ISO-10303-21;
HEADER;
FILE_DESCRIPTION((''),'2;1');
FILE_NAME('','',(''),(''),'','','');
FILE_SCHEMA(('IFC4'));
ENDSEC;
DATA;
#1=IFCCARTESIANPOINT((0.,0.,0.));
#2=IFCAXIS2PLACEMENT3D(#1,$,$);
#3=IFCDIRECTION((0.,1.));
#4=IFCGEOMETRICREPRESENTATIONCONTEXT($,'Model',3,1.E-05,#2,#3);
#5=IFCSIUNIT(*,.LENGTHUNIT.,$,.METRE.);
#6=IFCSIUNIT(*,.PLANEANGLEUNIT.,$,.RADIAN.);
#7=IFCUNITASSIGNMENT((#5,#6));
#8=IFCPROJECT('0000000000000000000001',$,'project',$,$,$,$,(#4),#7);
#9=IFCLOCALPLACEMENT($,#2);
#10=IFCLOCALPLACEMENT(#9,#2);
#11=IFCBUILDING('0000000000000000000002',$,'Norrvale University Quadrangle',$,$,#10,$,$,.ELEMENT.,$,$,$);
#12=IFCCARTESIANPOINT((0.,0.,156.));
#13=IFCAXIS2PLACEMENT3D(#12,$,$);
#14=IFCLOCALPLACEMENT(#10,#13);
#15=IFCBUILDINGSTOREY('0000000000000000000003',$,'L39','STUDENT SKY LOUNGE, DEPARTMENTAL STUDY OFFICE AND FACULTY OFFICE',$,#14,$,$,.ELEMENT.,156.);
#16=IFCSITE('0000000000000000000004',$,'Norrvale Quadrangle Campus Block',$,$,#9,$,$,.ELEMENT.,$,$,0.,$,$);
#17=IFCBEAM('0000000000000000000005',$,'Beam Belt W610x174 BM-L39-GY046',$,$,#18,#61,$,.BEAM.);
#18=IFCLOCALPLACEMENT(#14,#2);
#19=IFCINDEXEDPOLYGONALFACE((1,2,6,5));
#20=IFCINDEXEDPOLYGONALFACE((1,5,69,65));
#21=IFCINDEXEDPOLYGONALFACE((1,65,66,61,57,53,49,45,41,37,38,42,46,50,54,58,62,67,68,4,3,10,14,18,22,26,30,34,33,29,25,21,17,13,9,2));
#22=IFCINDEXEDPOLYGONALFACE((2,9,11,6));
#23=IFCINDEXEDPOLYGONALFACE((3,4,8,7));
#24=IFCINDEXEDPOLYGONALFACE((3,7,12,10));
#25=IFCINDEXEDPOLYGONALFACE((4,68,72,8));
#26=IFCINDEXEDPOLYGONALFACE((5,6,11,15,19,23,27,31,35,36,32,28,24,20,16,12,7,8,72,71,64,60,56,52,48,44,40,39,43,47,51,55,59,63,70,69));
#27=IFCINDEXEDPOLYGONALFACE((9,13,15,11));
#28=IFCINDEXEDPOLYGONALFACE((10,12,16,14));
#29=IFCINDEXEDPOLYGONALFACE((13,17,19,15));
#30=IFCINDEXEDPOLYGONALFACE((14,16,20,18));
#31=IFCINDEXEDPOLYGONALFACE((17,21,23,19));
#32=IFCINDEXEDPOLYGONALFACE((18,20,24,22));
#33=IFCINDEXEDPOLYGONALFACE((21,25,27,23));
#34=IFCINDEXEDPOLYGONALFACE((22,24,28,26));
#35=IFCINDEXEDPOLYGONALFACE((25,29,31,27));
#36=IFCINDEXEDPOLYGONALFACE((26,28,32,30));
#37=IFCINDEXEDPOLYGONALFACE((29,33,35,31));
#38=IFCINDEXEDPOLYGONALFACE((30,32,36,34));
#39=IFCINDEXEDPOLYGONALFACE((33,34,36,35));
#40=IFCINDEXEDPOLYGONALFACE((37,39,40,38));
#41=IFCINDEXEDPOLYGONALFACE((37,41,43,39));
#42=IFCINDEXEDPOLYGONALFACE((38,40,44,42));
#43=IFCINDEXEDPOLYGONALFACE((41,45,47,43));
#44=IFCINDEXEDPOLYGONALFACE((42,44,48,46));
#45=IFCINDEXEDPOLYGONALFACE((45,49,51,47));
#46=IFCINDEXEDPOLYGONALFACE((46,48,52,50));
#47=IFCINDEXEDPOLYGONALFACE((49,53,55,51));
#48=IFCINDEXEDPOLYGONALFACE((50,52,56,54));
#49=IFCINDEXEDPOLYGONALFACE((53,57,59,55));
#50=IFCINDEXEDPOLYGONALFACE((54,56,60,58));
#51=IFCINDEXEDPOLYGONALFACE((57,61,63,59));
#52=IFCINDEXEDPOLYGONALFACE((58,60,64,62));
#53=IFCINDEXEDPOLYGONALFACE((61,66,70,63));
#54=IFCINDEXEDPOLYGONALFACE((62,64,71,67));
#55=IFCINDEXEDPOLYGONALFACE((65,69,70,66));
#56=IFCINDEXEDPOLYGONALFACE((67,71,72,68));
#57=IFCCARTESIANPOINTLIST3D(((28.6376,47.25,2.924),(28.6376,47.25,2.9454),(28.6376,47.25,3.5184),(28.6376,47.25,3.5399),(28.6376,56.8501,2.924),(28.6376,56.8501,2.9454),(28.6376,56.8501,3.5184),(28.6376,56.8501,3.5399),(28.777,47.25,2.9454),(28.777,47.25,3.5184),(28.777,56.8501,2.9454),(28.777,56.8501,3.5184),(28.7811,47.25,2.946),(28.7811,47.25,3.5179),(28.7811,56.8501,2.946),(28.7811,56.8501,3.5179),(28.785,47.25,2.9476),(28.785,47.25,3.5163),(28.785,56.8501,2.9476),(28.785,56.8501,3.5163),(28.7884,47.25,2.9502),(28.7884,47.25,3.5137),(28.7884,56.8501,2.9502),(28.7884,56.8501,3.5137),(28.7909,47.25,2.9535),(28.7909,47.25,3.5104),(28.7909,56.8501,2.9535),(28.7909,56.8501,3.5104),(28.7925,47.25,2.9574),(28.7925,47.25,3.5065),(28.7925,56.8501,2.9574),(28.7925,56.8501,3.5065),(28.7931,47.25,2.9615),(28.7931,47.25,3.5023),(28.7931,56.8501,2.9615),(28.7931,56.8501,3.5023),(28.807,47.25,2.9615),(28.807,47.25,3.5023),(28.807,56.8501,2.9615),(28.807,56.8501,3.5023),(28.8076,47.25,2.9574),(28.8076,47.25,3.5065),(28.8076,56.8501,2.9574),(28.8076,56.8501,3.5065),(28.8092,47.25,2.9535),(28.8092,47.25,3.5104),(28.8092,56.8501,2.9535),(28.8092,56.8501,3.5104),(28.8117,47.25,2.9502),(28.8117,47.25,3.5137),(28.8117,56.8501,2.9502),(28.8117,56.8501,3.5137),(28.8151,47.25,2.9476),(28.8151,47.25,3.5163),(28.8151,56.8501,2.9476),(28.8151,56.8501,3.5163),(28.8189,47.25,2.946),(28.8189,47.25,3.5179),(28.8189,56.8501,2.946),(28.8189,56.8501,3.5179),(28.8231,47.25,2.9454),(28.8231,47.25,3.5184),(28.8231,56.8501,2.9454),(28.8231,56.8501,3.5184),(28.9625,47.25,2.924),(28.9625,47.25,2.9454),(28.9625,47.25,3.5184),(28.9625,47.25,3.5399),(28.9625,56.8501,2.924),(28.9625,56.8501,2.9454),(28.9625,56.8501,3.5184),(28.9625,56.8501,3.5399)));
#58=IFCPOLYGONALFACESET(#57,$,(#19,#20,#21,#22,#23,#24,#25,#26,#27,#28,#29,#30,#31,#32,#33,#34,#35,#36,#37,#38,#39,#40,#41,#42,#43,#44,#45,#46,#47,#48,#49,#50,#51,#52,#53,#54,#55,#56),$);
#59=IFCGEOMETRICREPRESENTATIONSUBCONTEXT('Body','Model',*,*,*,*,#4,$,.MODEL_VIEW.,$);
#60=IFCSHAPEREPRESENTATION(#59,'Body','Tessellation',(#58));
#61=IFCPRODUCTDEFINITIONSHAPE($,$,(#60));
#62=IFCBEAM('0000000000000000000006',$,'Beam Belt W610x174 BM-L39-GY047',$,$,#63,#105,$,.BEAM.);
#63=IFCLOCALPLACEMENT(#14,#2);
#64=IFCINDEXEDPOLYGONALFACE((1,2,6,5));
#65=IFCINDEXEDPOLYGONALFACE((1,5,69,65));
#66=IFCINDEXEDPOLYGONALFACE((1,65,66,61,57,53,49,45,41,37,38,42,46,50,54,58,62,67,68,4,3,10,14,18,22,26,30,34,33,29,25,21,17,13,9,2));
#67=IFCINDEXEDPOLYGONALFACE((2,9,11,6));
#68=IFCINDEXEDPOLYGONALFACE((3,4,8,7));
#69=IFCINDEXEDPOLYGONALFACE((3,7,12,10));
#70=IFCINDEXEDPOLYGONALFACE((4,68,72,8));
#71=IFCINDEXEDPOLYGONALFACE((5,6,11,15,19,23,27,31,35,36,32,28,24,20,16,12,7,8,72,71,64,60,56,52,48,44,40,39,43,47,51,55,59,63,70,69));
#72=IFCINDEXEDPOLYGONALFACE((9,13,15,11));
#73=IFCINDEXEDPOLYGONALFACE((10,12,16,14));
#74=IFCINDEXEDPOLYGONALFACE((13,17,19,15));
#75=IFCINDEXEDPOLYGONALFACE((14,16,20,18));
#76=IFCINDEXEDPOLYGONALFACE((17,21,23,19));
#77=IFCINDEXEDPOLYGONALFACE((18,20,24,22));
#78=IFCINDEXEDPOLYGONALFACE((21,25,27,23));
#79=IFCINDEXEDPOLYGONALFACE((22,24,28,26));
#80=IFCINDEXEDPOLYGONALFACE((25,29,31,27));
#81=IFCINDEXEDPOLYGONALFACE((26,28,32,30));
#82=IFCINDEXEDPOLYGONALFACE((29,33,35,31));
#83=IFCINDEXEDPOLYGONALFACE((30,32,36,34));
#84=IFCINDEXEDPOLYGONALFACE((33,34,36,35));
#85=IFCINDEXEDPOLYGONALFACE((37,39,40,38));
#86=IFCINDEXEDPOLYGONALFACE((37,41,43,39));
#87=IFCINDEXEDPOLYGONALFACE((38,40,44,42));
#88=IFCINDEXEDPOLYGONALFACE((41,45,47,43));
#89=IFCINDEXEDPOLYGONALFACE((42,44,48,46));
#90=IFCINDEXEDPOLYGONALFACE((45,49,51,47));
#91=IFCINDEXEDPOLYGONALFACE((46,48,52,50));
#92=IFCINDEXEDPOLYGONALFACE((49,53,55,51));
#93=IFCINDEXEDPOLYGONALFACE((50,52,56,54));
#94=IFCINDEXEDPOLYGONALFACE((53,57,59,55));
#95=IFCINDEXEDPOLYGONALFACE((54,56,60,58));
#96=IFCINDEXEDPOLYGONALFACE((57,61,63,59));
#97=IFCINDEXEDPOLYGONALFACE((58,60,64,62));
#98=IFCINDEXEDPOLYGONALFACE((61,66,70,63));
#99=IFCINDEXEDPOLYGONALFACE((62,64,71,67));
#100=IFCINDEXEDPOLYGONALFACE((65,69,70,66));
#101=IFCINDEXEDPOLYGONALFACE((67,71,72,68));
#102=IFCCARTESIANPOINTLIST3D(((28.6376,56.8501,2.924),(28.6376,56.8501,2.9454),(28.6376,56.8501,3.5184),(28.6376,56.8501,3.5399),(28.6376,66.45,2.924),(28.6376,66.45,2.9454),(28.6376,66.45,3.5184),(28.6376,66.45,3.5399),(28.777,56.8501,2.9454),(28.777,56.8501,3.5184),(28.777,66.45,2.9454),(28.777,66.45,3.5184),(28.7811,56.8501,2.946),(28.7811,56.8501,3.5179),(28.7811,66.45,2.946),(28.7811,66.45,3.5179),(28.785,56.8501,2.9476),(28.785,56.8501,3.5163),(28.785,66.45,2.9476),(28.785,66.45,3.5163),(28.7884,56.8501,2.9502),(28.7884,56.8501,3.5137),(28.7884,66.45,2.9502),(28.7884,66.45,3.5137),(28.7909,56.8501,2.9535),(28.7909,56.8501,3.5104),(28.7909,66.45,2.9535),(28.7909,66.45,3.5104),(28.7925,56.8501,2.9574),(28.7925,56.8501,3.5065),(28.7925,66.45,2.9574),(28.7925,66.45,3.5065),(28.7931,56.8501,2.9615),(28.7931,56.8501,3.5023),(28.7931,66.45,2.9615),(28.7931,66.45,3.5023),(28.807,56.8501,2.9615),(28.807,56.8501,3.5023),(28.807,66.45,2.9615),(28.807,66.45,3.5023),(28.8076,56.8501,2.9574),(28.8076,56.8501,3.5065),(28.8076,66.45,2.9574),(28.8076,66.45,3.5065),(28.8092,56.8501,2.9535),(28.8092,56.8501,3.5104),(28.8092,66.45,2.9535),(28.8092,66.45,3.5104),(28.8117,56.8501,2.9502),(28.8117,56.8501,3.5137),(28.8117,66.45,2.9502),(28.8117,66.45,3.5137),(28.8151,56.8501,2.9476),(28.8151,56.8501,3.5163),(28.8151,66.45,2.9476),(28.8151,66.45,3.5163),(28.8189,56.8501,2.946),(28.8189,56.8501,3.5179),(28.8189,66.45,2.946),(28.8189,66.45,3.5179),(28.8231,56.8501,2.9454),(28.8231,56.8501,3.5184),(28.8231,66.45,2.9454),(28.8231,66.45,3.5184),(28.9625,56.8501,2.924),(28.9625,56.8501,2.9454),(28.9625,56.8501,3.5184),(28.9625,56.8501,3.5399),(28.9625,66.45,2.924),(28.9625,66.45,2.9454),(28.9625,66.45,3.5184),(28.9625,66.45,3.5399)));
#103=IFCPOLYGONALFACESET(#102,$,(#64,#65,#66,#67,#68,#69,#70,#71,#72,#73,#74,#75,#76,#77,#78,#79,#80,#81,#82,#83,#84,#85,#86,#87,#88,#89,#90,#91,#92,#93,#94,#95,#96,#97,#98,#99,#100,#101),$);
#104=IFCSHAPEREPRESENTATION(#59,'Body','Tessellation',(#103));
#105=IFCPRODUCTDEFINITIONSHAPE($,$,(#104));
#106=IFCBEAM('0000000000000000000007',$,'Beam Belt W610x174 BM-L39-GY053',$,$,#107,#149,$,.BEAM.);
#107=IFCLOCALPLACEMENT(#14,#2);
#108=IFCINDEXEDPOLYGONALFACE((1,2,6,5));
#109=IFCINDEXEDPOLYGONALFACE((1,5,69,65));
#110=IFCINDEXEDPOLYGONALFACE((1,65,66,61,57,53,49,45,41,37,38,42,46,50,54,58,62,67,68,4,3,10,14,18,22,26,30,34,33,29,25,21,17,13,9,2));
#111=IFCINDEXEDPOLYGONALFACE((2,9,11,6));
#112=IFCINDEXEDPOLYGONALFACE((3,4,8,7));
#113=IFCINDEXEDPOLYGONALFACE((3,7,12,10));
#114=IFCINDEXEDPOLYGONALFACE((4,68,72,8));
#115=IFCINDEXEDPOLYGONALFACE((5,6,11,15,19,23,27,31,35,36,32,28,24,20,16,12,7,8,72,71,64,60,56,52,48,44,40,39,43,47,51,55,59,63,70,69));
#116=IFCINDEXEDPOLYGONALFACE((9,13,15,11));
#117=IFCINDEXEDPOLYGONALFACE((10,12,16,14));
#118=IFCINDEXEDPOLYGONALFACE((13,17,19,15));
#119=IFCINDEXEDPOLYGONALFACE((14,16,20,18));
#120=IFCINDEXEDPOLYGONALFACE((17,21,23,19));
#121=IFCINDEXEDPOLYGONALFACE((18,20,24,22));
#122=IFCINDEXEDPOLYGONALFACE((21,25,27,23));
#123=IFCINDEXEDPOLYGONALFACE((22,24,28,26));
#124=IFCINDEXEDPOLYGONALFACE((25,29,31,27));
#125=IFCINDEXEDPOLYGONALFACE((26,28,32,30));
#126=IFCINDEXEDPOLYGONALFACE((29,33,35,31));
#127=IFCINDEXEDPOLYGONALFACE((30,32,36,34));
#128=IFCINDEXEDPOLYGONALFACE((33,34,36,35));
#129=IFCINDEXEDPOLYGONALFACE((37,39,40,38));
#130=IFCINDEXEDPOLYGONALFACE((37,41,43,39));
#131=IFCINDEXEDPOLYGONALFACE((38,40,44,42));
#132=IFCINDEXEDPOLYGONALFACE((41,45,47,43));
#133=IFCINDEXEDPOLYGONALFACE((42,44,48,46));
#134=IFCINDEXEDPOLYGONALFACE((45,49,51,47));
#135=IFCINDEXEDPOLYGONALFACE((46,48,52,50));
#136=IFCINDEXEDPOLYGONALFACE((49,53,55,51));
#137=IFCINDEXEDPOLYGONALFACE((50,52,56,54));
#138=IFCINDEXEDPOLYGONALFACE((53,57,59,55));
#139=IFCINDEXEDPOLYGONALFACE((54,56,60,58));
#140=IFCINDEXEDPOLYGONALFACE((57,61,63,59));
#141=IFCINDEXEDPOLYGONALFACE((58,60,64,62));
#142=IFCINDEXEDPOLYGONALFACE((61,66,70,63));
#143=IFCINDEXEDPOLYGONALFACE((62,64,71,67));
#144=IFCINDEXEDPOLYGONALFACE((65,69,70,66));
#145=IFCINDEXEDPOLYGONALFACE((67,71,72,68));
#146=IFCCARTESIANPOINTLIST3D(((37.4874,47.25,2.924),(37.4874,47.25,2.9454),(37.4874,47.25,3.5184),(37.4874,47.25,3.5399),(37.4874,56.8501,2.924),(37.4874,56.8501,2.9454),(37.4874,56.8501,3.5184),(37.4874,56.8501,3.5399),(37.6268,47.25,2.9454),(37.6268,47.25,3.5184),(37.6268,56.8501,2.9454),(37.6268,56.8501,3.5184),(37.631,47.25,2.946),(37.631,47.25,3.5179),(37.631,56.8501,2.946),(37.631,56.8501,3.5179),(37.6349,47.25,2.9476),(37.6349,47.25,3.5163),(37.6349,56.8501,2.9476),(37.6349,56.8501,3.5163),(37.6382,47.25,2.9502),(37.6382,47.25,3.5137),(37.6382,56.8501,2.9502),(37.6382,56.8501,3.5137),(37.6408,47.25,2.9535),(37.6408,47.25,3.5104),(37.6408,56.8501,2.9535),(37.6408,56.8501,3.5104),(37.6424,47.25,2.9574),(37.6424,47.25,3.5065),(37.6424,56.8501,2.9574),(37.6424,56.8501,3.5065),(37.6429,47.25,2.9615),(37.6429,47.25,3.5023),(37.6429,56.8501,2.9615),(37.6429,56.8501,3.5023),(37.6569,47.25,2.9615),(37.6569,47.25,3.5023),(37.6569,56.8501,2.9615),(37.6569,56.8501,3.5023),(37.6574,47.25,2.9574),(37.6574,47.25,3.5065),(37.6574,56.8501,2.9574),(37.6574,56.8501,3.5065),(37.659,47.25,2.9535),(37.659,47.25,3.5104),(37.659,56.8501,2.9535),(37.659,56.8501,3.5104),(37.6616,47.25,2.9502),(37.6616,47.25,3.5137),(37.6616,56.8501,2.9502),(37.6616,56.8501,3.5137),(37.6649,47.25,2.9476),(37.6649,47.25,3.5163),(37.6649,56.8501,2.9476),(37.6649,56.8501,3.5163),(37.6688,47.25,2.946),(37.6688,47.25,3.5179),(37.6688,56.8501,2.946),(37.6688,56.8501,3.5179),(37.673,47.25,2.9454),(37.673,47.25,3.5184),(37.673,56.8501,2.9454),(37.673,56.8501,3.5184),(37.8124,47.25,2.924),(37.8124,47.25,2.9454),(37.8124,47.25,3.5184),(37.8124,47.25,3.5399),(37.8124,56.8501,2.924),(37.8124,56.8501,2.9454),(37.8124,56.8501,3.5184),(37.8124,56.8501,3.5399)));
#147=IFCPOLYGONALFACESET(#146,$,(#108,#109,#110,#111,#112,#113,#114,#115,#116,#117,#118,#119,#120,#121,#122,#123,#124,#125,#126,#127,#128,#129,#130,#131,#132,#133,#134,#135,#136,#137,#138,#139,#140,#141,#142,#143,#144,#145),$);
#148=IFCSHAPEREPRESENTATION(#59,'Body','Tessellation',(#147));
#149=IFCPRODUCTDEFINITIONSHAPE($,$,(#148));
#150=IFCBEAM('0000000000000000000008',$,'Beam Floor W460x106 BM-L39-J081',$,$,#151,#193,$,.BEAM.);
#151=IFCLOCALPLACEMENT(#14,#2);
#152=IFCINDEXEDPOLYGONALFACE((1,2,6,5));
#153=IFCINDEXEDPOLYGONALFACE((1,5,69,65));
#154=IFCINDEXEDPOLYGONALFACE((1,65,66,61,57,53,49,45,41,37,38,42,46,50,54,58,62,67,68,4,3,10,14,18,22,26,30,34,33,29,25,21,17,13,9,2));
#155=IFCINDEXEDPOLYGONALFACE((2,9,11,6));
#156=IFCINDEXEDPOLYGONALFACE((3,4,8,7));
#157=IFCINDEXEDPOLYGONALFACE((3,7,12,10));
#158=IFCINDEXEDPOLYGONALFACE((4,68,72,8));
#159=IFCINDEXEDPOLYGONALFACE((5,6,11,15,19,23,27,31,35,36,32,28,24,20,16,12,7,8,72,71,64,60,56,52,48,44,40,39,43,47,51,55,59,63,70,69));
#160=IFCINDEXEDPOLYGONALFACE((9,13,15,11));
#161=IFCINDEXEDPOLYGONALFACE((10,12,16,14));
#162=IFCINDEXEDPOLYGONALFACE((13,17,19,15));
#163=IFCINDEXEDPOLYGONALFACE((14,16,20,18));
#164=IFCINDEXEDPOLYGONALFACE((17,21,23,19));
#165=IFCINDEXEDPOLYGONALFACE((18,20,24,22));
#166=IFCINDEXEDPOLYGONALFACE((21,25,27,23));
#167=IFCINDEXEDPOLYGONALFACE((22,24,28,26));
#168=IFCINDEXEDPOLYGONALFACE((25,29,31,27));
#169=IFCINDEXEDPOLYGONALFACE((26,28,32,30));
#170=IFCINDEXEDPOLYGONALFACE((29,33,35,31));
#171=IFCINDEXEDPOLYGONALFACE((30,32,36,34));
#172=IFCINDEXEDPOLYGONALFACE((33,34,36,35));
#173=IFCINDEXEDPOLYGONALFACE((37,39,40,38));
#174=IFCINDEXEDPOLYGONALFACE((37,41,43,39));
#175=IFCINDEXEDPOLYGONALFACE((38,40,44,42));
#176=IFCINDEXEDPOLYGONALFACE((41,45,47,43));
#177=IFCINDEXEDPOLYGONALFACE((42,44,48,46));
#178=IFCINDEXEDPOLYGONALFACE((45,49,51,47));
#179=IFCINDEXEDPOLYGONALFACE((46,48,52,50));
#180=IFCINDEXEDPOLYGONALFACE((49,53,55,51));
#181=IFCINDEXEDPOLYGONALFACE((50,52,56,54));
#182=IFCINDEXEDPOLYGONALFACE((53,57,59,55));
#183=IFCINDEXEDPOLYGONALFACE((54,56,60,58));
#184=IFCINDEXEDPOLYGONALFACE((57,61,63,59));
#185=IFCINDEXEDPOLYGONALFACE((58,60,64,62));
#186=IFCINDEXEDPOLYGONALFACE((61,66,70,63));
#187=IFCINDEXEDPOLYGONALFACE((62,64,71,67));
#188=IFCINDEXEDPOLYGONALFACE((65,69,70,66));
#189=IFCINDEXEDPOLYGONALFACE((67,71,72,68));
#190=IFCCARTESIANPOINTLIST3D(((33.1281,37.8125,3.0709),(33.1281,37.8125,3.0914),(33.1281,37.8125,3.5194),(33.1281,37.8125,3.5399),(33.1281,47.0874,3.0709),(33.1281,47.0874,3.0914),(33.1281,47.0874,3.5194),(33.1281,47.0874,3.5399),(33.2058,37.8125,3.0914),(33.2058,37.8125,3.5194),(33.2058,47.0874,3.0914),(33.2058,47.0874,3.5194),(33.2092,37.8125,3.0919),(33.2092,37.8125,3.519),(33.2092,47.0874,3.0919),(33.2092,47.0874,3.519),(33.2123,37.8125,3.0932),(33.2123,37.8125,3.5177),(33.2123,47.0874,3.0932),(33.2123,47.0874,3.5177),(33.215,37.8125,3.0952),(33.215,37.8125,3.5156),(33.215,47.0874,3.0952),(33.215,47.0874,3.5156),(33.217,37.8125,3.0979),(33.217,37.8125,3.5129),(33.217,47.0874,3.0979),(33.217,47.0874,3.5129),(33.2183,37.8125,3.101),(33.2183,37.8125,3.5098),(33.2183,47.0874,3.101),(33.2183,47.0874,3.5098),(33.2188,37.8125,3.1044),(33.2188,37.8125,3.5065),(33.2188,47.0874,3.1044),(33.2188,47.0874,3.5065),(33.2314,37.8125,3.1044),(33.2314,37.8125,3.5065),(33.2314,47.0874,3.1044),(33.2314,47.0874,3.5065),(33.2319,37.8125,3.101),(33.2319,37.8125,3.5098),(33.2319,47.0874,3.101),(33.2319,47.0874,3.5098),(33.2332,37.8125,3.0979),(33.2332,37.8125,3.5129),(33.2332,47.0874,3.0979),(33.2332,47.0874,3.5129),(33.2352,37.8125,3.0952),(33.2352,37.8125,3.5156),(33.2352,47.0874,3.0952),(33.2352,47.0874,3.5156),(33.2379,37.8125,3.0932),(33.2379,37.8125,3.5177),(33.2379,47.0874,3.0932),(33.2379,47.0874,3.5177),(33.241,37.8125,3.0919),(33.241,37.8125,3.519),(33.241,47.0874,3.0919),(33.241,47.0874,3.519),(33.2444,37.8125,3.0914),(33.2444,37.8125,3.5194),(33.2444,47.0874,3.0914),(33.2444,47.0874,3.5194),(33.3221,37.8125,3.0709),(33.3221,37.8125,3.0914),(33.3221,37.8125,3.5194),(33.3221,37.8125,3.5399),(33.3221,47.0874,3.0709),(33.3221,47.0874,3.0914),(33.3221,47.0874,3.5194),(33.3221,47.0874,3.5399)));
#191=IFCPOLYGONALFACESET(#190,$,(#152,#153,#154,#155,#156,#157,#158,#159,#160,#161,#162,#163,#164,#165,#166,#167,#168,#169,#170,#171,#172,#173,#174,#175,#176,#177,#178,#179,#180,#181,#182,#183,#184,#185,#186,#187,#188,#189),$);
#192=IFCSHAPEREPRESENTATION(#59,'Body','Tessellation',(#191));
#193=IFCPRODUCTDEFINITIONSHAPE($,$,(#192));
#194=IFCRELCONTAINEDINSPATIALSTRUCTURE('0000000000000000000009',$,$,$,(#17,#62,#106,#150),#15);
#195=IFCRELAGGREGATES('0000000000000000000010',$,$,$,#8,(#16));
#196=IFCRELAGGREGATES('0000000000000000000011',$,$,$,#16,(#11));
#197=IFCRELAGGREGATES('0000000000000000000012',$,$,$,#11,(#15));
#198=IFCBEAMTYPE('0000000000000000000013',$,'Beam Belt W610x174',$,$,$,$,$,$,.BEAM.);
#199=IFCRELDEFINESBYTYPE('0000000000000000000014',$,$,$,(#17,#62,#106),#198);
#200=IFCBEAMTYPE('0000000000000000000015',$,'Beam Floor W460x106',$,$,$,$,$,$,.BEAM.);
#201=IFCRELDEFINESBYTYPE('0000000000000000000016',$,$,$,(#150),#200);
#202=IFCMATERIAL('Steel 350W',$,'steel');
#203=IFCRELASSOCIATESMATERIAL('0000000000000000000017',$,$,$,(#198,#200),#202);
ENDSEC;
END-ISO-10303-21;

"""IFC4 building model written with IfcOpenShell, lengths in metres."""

from ifc_helpers import new_model, si_unit, direction, frame, origin, origin_2d, place, context, subcontext, project, spatial, i_section, extrude, material, material_profile, profile_set, type_object, element, save


model = new_model("IFC4")

# Units and contexts
model_context = context("Model", 3, precision=1e-05, world=origin(), true_north=direction((0.0, 1.0)))
body_context = subcontext(model_context, "Body", "Model", "MODEL_VIEW")
ifc_project = project(units=[si_unit("LENGTHUNIT", "METRE"), si_unit("PLANEANGLEUNIT", "RADIAN")], contexts=[model_context])

# Site, building, storey
site_placement = place(None, origin())
site = spatial("IfcSite", under=ifc_project, at=site_placement, Name="Norrvale Quadrangle Campus Block", CompositionType="ELEMENT", RefElevation=0.0)
building_placement = place(site_placement, origin())
building = spatial("IfcBuilding", under=site, at=building_placement, Name="Norrvale University Quadrangle", CompositionType="ELEMENT")
storey_placement = place(building_placement, frame((0.0, 0.0, 156.0)))
storey = spatial("IfcBuildingStorey", under=building, at=storey_placement, Name="L39", Description="STUDENT SKY LOUNGE, DEPARTMENTAL STUDY OFFICE AND FACULTY OFFICE", CompositionType="ELEMENT", Elevation=156.0)

# Beams
ifc_material_1 = material(Name="Steel 350W", Category="steel")
ifc_material_profile_1 = material_profile(ifc_material_1, i_section(OverallWidth=0.325, OverallDepth=0.616, WebThickness=0.0139, FlangeThickness=0.0215, FilletRadius=0.0161, at=origin_2d()), Name="Steel 350W")
ifc_profile_set_1 = profile_set([ifc_material_profile_1], Name="Steel 350W")
beam_type_1 = type_object("IfcBeamType", Name="Beam Belt W610x174", PredefinedType="BEAM", material=ifc_profile_set_1)
beam_1_placement = place(storey_placement, frame((28.8, 47.25, 3.2319), z_axis=(0.0, 1.0, 0.0), x_axis=(-1.0, 0.0, 0.0)))
element("IfcBeam", 1, at=beam_1_placement, inside=storey, type_object=beam_type_1, Name="Beam Belt W610x174 BM-L39-GY046", PredefinedType="BEAM", context=body_context, shape_type="SweptSolid", body=[
    extrude(i_section(OverallWidth=0.325, OverallDepth=0.616, WebThickness=0.0139, FlangeThickness=0.0215, FilletRadius=0.0161, at=origin_2d()), origin(), (0.0, 0.0, 1.0), 9.6001),
])
beam_2_placement = place(storey_placement, frame((28.8, 56.8501, 3.2319), z_axis=(0.0, 1.0, 0.0), x_axis=(-1.0, 0.0, 0.0)))
element("IfcBeam", 2, at=beam_2_placement, inside=storey, type_object=beam_type_1, Name="Beam Belt W610x174 BM-L39-GY047", PredefinedType="BEAM", context=body_context, shape_type="SweptSolid", body=[
    extrude(i_section(OverallWidth=0.325, OverallDepth=0.616, WebThickness=0.0139, FlangeThickness=0.0215, FilletRadius=0.0161, at=origin_2d()), origin(), (0.0, 0.0, 1.0), 9.5999),
])
beam_3_placement = place(storey_placement, frame((37.6499, 47.25, 3.2319), z_axis=(0.0, 1.0, 0.0), x_axis=(-1.0, 0.0, 0.0)))
element("IfcBeam", 3, at=beam_3_placement, inside=storey, type_object=beam_type_1, Name="Beam Belt W610x174 BM-L39-GY053", PredefinedType="BEAM", context=body_context, shape_type="SweptSolid", body=[
    extrude(i_section(OverallWidth=0.325, OverallDepth=0.616, WebThickness=0.0139, FlangeThickness=0.0215, FilletRadius=0.0161, at=origin_2d()), origin(), (0.0, 0.0, 1.0), 9.6001),
])
ifc_material_profile_2 = material_profile(ifc_material_1, i_section(OverallWidth=0.1941, OverallDepth=0.469, WebThickness=0.0127, FlangeThickness=0.0205, FilletRadius=0.0129, at=origin_2d()), Name="Steel 350W")
ifc_profile_set_2 = profile_set([ifc_material_profile_2], Name="Steel 350W")
beam_type_2 = type_object("IfcBeamType", Name="Beam Floor W460x106", PredefinedType="BEAM", material=ifc_profile_set_2)
for number, where, z_axis, x_axis, name in (
    (4, (33.2251, 37.8125, 3.3054), (0.0, 1.0, 0.0), (-1.0, 0.0, 0.0), "Beam Floor W460x106 BM-L39-J081"),
):
    element("IfcBeam", number, at=place(storey_placement, frame(where, z_axis=z_axis, x_axis=x_axis)), inside=storey, type_object=beam_type_2, Name=name, PredefinedType="BEAM", context=body_context, shape_type="SweptSolid", body=[
        extrude(i_section(OverallWidth=0.1941, OverallDepth=0.469, WebThickness=0.0127, FlangeThickness=0.0205, FilletRadius=0.0129, at=origin_2d()), origin(), (0.0, 0.0, 1.0), 9.2749),
    ])

save(model, "model.ifc")
